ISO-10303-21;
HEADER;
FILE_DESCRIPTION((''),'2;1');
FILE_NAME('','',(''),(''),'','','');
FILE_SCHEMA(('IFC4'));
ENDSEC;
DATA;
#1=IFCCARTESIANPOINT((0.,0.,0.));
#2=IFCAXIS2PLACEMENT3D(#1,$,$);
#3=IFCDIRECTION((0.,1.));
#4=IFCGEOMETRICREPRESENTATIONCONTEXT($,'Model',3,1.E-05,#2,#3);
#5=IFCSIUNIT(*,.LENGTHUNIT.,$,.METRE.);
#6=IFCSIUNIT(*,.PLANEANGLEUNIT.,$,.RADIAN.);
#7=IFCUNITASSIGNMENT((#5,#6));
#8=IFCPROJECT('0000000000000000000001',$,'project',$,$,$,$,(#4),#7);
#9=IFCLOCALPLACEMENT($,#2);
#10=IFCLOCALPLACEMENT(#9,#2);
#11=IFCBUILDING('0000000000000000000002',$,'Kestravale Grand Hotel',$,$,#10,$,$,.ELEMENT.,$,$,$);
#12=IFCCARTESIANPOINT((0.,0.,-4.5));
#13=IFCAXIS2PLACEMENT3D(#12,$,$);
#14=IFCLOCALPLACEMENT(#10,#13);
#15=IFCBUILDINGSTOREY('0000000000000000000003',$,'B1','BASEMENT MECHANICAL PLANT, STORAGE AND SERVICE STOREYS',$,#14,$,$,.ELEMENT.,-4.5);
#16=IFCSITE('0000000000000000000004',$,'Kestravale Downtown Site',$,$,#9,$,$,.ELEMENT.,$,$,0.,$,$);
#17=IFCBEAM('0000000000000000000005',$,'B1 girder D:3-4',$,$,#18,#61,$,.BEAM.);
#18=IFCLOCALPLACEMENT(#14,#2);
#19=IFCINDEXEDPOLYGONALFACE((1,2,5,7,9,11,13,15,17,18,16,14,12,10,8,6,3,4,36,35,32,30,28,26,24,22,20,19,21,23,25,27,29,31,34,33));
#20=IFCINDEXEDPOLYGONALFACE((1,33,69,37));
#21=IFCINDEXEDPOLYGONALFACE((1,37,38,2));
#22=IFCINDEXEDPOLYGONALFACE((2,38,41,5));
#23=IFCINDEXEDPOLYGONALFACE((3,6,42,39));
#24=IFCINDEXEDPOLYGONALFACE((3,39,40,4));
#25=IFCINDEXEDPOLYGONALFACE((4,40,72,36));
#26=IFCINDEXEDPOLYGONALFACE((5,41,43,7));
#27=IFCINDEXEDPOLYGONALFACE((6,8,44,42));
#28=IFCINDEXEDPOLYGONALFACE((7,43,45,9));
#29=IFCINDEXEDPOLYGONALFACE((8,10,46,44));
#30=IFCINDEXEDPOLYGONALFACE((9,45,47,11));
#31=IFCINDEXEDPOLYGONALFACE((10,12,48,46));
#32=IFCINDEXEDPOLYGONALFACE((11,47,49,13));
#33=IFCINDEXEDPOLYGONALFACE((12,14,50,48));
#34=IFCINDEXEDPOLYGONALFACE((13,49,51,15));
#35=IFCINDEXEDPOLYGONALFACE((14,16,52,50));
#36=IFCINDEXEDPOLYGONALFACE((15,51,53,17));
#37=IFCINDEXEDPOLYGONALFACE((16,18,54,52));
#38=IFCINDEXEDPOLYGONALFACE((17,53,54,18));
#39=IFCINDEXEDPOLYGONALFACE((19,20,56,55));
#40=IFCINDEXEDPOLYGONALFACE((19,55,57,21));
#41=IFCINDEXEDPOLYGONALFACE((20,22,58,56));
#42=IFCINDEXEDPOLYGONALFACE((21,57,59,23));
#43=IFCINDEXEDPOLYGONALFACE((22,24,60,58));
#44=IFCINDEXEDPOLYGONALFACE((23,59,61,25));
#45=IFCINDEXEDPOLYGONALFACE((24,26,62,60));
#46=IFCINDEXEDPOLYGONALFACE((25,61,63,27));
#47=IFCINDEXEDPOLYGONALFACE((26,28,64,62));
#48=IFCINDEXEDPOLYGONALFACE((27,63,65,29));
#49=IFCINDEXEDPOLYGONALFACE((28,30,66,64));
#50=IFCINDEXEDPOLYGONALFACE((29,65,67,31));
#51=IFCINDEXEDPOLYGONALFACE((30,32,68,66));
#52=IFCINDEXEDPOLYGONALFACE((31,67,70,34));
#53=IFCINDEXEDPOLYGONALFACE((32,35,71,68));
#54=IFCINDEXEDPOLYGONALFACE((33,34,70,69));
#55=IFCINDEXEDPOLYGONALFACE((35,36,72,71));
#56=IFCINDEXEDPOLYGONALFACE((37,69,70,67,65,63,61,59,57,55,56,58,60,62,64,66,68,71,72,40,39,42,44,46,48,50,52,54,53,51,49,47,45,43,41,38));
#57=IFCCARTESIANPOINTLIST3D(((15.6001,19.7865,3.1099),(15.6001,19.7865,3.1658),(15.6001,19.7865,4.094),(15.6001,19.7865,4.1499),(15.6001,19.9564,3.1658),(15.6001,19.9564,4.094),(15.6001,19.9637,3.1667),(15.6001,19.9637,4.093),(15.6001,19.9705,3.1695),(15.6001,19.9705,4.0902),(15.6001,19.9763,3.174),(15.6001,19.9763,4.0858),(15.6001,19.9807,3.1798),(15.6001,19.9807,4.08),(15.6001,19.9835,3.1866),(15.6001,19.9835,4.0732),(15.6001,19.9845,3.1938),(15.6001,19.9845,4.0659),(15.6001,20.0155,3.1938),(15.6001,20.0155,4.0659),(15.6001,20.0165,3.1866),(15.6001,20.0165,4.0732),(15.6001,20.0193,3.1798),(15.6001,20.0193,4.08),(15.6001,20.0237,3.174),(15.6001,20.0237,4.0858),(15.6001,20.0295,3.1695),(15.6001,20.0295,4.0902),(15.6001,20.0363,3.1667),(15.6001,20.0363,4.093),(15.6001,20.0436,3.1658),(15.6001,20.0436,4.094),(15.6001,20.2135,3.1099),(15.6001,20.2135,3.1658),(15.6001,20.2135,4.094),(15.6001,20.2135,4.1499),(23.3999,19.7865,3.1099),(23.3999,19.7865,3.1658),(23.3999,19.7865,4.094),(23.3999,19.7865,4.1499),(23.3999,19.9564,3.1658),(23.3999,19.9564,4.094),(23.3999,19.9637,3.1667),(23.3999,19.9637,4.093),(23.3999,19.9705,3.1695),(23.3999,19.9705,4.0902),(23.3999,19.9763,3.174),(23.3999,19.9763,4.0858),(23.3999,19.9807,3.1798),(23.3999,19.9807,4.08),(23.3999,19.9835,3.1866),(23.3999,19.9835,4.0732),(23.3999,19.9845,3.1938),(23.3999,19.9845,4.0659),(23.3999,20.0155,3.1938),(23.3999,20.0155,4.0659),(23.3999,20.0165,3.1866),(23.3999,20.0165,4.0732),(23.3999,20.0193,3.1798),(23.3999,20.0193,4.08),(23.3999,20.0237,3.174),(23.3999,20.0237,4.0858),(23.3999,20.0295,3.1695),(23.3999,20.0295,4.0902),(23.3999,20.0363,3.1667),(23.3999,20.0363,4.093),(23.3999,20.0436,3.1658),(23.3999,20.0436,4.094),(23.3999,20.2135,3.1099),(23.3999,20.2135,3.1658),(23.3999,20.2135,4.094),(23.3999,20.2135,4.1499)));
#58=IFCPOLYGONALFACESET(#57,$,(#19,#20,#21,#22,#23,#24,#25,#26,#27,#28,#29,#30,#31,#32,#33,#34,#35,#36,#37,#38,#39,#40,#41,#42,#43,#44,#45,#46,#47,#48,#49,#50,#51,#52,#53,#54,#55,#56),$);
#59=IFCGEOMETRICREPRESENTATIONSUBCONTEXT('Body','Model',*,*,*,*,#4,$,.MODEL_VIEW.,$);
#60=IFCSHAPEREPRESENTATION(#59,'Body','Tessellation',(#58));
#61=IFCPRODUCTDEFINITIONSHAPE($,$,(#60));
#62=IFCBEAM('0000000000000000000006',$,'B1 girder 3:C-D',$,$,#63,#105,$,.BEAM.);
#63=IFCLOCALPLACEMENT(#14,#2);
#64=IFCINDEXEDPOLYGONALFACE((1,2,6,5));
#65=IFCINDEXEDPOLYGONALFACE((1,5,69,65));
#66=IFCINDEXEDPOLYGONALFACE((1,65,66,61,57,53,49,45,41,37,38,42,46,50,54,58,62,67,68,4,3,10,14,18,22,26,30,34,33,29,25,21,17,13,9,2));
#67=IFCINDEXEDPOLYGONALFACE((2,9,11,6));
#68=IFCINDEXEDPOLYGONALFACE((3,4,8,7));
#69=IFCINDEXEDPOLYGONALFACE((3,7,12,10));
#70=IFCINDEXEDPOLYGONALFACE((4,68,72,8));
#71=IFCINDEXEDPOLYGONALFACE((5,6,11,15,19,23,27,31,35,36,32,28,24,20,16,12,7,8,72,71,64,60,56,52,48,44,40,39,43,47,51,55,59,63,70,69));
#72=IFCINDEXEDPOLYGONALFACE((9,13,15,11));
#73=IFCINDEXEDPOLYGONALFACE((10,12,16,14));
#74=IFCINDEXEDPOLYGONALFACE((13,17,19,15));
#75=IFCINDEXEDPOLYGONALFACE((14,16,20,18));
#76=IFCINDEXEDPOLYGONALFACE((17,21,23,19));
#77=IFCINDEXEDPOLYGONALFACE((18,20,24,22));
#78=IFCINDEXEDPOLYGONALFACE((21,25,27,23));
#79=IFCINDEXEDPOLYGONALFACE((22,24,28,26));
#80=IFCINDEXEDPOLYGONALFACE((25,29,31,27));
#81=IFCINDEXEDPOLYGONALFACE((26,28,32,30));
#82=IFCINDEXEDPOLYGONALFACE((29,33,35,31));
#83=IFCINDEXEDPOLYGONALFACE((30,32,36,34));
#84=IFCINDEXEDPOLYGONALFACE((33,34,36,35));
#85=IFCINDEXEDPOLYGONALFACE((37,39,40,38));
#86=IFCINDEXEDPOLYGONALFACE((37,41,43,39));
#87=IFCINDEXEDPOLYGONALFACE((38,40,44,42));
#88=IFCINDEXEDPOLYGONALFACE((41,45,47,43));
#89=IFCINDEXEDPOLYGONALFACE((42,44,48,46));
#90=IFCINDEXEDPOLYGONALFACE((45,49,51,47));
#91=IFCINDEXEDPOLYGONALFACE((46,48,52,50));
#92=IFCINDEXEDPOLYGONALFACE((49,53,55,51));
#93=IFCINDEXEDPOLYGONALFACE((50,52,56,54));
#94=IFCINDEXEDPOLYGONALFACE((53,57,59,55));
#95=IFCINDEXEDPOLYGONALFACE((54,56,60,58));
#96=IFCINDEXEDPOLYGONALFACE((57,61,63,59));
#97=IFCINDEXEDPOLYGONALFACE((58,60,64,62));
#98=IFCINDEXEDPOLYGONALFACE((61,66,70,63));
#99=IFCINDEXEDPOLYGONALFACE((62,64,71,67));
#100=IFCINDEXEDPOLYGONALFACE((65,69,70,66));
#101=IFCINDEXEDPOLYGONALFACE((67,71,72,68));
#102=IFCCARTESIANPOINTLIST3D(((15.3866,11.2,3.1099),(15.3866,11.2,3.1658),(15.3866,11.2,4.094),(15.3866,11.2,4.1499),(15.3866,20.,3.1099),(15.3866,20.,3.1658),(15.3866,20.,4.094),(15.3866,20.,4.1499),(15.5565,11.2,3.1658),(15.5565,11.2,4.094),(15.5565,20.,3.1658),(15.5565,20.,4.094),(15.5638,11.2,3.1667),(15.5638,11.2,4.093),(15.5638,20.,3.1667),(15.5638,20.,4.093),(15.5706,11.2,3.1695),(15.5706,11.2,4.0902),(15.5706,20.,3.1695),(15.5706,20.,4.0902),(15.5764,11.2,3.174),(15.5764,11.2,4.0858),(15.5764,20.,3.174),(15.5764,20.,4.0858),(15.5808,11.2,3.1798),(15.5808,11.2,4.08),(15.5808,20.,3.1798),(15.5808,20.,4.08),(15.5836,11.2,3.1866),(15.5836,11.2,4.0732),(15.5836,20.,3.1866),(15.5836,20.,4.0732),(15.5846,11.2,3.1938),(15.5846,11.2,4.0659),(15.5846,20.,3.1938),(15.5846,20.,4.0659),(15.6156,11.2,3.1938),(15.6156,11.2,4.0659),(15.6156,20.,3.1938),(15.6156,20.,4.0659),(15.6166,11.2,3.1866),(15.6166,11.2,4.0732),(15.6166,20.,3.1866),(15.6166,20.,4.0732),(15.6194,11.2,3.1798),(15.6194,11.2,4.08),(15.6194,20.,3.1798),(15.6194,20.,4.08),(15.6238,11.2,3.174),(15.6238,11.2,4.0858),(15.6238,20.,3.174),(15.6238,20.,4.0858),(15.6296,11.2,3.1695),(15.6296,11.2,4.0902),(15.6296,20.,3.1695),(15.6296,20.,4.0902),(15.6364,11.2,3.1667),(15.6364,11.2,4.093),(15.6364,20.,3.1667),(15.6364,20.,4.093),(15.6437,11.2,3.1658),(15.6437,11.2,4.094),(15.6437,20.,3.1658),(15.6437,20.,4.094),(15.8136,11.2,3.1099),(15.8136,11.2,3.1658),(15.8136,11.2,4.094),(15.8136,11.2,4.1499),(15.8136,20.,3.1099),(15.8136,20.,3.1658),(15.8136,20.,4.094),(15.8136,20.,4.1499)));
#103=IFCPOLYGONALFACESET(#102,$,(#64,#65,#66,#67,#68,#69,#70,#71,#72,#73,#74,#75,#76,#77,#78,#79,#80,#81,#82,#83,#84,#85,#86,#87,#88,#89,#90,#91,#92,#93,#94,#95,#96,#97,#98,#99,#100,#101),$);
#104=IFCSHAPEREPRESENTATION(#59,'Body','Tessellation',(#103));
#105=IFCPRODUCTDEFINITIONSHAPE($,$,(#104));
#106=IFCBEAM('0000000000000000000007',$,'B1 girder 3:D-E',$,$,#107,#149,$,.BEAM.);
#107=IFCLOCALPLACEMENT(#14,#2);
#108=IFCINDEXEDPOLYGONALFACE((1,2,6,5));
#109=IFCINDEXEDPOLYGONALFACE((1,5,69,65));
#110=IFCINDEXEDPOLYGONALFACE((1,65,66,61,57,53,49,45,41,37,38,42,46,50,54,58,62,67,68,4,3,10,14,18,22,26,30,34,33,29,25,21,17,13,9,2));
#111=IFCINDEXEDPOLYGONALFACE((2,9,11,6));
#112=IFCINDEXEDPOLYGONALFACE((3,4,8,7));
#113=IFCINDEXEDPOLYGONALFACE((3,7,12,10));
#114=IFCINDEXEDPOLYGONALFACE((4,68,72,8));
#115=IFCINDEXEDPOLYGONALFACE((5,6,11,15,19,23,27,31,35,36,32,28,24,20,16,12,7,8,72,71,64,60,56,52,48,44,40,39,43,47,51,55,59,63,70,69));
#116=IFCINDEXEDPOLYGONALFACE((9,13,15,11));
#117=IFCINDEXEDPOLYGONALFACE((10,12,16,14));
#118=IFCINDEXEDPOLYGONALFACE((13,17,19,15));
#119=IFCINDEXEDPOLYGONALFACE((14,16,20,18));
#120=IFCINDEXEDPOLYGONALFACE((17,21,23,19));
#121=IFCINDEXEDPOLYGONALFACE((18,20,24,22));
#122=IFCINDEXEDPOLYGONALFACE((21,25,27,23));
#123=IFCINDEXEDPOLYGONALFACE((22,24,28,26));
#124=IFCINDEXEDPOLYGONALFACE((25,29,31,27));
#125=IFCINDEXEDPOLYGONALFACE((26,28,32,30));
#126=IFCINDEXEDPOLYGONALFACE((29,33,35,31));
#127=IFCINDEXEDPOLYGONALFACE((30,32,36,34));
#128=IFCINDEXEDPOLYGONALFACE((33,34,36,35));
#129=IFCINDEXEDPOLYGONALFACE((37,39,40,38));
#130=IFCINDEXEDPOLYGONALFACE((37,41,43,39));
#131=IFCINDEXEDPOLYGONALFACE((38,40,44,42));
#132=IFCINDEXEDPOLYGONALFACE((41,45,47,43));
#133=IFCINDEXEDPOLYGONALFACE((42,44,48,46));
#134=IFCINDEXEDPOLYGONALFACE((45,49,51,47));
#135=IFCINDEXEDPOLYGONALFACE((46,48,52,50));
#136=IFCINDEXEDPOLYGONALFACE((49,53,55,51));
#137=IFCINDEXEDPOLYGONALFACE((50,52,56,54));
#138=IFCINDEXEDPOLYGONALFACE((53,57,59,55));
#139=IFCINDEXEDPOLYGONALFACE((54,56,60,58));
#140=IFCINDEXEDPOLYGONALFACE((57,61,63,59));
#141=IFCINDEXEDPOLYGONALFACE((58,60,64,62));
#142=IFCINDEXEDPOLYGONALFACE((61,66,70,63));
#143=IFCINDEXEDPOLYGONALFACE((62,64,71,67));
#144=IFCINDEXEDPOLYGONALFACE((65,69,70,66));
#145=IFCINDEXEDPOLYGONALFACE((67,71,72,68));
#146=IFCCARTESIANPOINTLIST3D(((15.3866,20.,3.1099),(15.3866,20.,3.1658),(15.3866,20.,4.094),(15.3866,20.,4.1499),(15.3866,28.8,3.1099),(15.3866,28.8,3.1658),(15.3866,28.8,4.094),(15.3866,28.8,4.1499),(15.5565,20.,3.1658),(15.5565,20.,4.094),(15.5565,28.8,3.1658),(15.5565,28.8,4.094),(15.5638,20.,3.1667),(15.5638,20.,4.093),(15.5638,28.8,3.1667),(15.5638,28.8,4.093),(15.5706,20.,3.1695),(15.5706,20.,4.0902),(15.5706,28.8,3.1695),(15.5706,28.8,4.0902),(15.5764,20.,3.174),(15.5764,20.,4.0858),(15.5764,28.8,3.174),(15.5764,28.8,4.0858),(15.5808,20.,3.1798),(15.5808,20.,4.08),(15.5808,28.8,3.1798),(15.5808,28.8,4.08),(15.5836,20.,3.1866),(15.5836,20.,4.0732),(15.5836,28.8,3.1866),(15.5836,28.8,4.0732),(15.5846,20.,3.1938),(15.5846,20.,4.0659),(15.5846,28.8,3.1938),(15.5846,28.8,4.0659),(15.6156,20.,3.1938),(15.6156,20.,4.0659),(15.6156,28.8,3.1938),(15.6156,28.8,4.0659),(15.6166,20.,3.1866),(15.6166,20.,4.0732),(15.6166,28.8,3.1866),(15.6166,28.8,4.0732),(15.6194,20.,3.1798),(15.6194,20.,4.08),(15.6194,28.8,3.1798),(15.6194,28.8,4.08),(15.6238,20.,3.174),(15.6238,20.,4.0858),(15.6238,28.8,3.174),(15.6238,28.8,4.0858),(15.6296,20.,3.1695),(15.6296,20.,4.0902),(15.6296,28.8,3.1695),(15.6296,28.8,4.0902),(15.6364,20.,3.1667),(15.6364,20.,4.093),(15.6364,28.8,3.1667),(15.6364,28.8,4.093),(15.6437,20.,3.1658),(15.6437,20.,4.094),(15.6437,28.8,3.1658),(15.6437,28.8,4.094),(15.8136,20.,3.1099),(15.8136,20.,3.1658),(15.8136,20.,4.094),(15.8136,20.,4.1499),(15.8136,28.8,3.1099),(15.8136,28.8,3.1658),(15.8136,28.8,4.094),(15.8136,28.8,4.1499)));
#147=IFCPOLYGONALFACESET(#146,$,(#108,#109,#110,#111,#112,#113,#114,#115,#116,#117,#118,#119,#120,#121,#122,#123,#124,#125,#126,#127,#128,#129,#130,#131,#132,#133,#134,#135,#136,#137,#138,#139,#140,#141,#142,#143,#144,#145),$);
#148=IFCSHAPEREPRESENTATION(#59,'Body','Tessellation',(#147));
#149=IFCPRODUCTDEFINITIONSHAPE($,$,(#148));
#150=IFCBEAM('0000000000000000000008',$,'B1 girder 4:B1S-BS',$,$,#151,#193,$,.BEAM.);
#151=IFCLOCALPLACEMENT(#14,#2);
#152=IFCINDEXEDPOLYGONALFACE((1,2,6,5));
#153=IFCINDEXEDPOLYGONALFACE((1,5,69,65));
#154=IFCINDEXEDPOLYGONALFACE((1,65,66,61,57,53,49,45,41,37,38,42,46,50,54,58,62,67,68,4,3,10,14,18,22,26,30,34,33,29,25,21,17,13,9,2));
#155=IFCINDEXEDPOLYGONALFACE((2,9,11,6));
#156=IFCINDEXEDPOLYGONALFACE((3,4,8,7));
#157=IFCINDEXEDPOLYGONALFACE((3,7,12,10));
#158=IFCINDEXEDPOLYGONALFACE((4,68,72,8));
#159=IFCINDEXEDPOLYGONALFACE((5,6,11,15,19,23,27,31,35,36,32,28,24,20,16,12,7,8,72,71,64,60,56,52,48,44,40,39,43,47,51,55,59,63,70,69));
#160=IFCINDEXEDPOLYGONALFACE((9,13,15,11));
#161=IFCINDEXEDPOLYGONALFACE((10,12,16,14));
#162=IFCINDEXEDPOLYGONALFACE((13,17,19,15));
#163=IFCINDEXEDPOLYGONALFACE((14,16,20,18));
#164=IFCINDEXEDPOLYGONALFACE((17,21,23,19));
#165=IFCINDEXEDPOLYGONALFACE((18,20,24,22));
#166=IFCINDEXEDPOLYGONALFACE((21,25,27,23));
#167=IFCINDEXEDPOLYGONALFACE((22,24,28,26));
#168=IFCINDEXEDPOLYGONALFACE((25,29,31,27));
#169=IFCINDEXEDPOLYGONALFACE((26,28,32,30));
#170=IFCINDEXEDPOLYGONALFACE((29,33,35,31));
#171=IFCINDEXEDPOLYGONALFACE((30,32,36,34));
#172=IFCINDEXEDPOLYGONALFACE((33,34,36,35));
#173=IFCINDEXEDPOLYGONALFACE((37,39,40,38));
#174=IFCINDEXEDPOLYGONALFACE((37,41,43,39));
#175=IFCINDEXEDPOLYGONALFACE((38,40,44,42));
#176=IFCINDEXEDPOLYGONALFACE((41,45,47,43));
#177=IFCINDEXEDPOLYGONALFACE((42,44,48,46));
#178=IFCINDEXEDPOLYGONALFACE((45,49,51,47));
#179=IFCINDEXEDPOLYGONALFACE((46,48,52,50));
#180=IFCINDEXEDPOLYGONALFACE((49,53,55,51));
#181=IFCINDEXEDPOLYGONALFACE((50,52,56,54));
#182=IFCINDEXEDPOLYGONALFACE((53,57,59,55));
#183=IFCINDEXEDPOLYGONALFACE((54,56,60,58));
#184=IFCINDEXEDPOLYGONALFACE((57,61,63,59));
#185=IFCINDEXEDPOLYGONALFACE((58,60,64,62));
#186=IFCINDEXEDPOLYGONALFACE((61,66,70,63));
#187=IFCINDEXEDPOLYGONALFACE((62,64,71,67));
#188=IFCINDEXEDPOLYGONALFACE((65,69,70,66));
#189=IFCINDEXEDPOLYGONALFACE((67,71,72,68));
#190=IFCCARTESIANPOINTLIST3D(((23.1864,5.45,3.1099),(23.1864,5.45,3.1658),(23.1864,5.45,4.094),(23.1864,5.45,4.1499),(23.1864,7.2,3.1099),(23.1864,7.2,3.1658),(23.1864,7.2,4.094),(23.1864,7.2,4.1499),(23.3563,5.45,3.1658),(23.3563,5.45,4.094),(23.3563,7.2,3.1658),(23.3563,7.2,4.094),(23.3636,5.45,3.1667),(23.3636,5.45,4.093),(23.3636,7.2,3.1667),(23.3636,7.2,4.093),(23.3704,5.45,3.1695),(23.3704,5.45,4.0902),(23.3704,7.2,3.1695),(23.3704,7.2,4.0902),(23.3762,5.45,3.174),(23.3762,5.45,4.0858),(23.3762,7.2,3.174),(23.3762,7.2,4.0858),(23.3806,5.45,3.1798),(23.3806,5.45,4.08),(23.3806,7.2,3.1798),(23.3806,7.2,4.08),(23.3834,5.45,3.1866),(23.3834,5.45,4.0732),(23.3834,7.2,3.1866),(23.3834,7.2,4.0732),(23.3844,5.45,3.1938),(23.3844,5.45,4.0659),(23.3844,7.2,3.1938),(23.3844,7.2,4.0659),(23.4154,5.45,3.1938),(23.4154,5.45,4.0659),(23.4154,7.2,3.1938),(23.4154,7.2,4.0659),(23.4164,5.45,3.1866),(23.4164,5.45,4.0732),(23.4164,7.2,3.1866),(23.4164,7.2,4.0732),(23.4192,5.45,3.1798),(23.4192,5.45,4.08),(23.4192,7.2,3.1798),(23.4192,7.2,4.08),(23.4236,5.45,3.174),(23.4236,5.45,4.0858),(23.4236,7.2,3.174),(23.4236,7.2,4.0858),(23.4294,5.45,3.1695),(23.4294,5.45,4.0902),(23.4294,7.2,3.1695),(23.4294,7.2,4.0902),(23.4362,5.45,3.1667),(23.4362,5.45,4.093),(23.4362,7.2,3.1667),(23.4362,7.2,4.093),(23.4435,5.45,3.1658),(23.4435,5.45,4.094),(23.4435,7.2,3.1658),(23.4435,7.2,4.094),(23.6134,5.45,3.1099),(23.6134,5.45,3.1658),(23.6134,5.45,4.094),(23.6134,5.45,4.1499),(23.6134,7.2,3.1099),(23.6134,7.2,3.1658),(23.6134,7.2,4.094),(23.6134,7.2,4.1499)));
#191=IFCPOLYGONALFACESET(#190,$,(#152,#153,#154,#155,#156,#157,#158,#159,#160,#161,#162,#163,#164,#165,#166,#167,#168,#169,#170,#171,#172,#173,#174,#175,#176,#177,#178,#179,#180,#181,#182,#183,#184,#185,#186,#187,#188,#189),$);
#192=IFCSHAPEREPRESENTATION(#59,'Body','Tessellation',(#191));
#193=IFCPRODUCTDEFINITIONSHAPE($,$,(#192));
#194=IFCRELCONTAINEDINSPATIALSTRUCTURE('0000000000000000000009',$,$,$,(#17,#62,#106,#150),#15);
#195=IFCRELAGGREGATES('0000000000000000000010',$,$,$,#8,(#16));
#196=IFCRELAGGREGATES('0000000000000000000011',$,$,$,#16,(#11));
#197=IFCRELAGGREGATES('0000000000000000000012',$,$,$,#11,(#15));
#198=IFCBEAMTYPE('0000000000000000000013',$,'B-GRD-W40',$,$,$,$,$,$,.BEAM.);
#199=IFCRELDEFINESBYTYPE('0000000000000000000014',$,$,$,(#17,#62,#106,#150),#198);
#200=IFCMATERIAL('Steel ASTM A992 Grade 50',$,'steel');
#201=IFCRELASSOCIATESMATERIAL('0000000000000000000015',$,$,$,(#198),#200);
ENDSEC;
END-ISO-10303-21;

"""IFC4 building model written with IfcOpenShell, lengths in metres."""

from ifc_helpers import new_model, si_unit, direction, frame, origin, origin_2d, place, context, subcontext, project, spatial, i_section, extrude, material, material_profile, profile_set, type_object, element, save


model = new_model("IFC4")

# Units and contexts
model_context = context("Model", 3, precision=1e-05, world=origin(), true_north=direction((0.0, 1.0)))
body_context = subcontext(model_context, "Body", "Model", "MODEL_VIEW")
ifc_project = project(units=[si_unit("LENGTHUNIT", "METRE"), si_unit("PLANEANGLEUNIT", "RADIAN")], contexts=[model_context])

# Site, building, storey
site_placement = place(None, origin())
site = spatial("IfcSite", under=ifc_project, at=site_placement, Name="Kestravale Downtown Site", CompositionType="ELEMENT", RefElevation=0.0)
building_placement = place(site_placement, origin())
building = spatial("IfcBuilding", under=site, at=building_placement, Name="Kestravale Grand Hotel", CompositionType="ELEMENT")
storey_placement = place(building_placement, frame((0.0, 0.0, -4.5)))
storey = spatial("IfcBuildingStorey", under=building, at=storey_placement, Name="B1", Description="BASEMENT MECHANICAL PLANT, STORAGE AND SERVICE STOREYS", CompositionType="ELEMENT", Elevation=-4.5)

# Beams
ifc_material_1 = material(Name="Steel ASTM A992 Grade 50", Category="steel")
ifc_material_profile_1 = material_profile(ifc_material_1, i_section(OverallWidth=0.427, OverallDepth=1.04, WebThickness=0.031, FlangeThickness=0.0559, FilletRadius=0.0281, at=origin_2d()))
ifc_profile_set_1 = profile_set([ifc_material_profile_1], Name="Steel ASTM A992 Grade 50")
beam_type_1 = type_object("IfcBeamType", Name="B-GRD-W40", PredefinedType="BEAM", material=ifc_profile_set_1)
for number, where, z_axis, x_axis, name in (
    (1, (15.6001, 20.0, 3.6299), (1.0, 0.0, 0.0), (0.0, 1.0, 0.0), "B1 girder D:3-4"),
):
    element("IfcBeam", number, at=place(storey_placement, frame(where, z_axis=z_axis, x_axis=x_axis)), inside=storey, type_object=beam_type_1, Name=name, PredefinedType="BEAM", context=body_context, shape_type="SweptSolid", body=[
        extrude(i_section(OverallWidth=0.427, OverallDepth=1.04, WebThickness=0.031, FlangeThickness=0.0559, FilletRadius=0.0281, at=origin_2d()), origin(), (0.0, 0.0, 1.0), 7.7998),
    ])
for number, where, z_axis, x_axis, name in (
    (2, (15.6001, 11.2, 3.6299), (0.0, 1.0, 0.0), (-1.0, 0.0, 0.0), "B1 girder 3:C-D"),
    (3, (15.6001, 20.0, 3.6299), (0.0, 1.0, 0.0), (-1.0, 0.0, 0.0), "B1 girder 3:D-E"),
):
    element("IfcBeam", number, at=place(storey_placement, frame(where, z_axis=z_axis, x_axis=x_axis)), inside=storey, type_object=beam_type_1, Name=name, PredefinedType="BEAM", context=body_context, shape_type="SweptSolid", body=[
        extrude(i_section(OverallWidth=0.427, OverallDepth=1.04, WebThickness=0.031, FlangeThickness=0.0559, FilletRadius=0.0281, at=origin_2d()), origin(), (0.0, 0.0, 1.0), 8.8),
    ])
beam_1_placement = place(storey_placement, frame((23.3999, 5.45, 3.6299), z_axis=(0.0, 1.0, 0.0), x_axis=(-1.0, 0.0, 0.0)))
element("IfcBeam", 4, at=beam_1_placement, inside=storey, type_object=beam_type_1, Name="B1 girder 4:B1S-BS", PredefinedType="BEAM", context=body_context, shape_type="SweptSolid", body=[
    extrude(i_section(OverallWidth=0.427, OverallDepth=1.04, WebThickness=0.031, FlangeThickness=0.0559, FilletRadius=0.0281, at=origin_2d()), origin(), (0.0, 0.0, 1.0), 1.75),
])

save(model, "model.ifc")
